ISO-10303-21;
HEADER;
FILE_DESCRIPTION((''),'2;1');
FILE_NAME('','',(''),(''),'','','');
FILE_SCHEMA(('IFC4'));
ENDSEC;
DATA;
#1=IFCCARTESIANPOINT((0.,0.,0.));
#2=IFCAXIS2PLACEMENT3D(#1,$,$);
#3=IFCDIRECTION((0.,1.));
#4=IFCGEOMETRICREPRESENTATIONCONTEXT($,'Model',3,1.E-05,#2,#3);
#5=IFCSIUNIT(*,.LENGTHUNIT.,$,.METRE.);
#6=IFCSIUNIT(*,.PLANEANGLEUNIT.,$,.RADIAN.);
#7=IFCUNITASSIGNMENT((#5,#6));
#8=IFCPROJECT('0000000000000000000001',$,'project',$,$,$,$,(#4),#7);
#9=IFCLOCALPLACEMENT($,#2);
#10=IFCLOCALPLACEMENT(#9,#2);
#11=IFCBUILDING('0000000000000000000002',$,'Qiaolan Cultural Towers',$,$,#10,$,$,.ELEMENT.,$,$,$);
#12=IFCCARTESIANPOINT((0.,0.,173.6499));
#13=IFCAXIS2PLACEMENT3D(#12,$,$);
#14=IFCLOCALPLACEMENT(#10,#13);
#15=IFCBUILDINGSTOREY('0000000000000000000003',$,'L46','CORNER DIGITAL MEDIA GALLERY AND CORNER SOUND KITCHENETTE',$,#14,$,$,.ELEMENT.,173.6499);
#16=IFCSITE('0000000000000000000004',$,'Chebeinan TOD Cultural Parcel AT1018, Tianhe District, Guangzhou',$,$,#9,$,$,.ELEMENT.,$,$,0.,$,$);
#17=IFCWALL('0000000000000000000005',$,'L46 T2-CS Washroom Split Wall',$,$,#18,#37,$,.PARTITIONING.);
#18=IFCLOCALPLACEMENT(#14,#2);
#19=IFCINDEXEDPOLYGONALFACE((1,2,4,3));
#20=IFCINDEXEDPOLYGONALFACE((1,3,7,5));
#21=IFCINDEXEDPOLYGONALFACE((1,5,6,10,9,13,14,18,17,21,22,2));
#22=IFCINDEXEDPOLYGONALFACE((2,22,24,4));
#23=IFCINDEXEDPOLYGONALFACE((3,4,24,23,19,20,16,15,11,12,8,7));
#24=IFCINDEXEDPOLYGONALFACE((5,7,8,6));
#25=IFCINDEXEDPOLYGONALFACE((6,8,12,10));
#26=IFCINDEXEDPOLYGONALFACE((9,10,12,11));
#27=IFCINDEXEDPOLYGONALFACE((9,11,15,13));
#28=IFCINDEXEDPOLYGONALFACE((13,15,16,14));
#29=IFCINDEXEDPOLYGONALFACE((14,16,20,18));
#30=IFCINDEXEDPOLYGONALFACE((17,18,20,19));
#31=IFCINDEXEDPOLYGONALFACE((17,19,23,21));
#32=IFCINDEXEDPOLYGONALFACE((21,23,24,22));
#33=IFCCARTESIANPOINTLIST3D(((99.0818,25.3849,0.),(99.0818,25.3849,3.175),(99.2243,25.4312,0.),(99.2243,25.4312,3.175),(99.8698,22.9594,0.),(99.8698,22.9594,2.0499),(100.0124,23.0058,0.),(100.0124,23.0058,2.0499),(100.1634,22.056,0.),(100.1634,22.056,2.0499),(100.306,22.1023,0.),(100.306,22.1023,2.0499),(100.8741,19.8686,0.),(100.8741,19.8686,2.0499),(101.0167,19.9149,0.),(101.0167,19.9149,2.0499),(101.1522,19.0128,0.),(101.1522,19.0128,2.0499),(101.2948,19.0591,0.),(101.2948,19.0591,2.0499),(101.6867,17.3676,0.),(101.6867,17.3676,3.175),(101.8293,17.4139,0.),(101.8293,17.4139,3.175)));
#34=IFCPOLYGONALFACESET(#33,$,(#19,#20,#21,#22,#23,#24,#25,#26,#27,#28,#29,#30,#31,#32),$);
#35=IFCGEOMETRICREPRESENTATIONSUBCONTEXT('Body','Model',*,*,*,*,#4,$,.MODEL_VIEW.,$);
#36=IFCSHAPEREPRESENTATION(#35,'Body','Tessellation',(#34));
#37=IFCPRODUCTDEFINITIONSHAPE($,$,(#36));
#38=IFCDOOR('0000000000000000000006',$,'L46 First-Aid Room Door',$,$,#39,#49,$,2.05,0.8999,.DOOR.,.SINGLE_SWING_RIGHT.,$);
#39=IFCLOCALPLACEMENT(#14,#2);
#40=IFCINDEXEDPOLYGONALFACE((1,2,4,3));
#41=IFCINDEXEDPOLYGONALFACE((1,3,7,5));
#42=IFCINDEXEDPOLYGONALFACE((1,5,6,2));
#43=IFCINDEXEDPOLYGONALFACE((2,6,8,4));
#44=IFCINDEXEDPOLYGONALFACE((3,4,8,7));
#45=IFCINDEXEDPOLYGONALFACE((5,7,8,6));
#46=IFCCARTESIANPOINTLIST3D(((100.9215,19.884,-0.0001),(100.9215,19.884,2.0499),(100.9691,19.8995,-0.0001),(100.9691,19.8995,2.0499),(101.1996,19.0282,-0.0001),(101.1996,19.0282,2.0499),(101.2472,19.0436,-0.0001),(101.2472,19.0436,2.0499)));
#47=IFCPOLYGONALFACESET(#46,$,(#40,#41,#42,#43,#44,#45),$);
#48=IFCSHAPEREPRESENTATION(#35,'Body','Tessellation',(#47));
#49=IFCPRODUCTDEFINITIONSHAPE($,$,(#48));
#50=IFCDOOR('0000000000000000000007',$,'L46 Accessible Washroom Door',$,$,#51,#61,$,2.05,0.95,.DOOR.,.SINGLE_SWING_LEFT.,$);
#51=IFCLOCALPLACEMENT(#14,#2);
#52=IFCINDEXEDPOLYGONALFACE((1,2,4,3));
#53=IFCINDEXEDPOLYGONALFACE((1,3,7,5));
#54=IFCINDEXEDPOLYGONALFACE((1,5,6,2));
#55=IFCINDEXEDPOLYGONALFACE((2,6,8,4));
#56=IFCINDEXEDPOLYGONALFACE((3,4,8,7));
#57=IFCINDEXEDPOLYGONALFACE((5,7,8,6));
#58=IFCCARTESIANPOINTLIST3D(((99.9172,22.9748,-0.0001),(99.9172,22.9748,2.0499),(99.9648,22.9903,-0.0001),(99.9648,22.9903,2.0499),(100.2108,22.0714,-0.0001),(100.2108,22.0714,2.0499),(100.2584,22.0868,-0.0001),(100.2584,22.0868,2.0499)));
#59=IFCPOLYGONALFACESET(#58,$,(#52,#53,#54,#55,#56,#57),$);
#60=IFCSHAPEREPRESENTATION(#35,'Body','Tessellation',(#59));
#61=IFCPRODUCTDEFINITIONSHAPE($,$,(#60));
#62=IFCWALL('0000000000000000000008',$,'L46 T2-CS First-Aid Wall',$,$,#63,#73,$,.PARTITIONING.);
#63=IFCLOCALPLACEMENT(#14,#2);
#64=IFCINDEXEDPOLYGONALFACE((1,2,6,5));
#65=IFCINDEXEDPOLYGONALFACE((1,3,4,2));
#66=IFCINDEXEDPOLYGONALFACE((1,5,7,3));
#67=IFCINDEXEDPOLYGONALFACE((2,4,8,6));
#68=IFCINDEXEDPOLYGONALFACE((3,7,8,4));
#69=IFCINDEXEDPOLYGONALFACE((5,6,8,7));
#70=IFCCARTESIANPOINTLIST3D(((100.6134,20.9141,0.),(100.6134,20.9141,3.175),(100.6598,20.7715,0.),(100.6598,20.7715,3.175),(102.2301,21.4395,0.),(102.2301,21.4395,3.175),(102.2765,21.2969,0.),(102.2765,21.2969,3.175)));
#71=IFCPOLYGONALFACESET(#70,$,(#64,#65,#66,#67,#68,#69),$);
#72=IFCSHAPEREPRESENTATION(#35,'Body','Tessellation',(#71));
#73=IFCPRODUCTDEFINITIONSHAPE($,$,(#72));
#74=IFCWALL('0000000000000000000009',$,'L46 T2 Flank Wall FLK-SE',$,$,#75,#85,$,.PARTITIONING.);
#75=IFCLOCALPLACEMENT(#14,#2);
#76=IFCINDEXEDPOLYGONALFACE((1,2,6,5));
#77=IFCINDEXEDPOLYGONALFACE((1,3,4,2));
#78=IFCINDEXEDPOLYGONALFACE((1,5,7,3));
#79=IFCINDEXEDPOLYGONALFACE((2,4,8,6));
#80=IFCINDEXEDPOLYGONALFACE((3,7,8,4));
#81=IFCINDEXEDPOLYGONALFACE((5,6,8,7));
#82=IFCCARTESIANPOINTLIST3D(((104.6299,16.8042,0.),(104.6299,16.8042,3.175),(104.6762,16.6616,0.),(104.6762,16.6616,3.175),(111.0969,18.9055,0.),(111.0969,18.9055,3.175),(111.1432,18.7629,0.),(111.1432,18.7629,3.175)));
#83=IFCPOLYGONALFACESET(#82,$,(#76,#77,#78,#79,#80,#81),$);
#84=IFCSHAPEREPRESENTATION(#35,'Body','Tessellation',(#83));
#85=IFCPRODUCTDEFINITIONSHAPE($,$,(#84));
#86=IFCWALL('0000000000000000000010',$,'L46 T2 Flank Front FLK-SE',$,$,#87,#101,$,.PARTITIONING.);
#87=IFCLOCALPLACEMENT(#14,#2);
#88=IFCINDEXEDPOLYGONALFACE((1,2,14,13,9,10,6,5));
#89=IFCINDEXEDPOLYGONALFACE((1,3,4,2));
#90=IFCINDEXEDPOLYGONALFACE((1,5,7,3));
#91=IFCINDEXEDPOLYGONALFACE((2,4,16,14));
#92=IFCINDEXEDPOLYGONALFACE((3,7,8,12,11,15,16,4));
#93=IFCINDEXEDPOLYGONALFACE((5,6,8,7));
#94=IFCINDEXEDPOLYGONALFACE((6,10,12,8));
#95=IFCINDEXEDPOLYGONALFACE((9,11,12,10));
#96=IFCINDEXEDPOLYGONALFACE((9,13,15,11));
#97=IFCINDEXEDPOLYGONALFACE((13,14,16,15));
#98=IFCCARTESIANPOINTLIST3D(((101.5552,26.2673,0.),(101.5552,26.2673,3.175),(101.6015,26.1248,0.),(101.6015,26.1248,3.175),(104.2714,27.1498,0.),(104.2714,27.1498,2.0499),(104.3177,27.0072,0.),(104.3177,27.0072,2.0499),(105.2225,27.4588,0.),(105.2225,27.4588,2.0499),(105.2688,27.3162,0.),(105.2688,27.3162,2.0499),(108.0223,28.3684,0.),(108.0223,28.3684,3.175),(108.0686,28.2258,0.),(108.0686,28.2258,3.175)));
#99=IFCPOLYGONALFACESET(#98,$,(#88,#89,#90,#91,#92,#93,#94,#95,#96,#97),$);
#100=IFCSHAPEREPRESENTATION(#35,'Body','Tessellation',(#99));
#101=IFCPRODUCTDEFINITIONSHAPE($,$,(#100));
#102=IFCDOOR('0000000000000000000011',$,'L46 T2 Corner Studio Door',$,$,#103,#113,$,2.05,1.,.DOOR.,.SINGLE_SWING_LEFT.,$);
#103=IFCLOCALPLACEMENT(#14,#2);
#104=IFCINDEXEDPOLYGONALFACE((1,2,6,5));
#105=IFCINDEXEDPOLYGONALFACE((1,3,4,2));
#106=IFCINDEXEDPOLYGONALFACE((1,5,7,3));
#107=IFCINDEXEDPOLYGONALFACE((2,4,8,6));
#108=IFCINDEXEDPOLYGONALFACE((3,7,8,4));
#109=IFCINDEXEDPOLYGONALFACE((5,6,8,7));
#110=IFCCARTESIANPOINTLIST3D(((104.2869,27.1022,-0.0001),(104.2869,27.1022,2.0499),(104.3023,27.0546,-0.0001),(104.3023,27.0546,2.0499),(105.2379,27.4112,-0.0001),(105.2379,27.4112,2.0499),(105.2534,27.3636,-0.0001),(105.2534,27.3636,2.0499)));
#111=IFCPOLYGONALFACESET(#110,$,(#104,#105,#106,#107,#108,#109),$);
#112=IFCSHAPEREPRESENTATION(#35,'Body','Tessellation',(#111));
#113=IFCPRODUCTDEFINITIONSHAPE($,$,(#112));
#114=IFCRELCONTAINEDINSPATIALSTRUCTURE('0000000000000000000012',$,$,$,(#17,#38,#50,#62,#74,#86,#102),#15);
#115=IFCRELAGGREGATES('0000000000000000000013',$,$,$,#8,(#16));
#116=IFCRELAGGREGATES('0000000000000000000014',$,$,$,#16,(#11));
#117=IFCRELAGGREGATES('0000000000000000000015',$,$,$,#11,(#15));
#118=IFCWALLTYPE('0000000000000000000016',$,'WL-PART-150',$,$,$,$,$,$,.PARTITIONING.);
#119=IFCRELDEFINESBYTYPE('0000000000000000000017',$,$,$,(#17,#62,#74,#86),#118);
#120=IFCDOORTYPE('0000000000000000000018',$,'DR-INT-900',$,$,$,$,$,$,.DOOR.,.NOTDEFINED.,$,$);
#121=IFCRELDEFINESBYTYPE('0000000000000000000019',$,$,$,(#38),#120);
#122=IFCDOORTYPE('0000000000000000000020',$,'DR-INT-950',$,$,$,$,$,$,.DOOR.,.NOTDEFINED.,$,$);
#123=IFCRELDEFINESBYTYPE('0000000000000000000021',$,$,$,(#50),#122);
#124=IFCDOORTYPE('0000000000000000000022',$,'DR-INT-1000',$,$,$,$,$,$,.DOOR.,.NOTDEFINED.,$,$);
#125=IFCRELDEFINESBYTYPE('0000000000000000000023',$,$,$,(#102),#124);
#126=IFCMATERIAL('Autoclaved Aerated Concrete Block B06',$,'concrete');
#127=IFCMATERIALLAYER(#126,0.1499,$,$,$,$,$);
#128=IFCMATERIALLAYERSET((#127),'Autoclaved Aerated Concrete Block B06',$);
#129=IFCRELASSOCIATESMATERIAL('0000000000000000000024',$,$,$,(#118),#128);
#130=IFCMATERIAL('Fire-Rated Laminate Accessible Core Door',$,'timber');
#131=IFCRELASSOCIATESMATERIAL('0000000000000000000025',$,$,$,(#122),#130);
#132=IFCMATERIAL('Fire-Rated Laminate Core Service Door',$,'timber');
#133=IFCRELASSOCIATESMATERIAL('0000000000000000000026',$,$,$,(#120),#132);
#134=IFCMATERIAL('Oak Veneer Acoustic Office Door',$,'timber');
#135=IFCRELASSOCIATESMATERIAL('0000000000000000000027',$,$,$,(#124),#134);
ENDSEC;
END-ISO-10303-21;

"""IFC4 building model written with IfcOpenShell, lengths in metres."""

from ifc_helpers import new_model, si_unit, direction, frame, frame_2d, origin, place, context, subcontext, project, spatial, rectangle, extrude, material, layer, layer_set, type_object, element, fill, save


model = new_model("IFC4")

# Units and contexts
model_context = context("Model", 3, precision=1e-05, world=origin(), true_north=direction((0.0, 1.0)))
body_context = subcontext(model_context, "Body", "Model", "MODEL_VIEW")
ifc_project = project(units=[si_unit("LENGTHUNIT", "METRE"), si_unit("PLANEANGLEUNIT", "RADIAN")], contexts=[model_context])

# Site, building, storey
site_placement = place(None, origin())
site = spatial("IfcSite", under=ifc_project, at=site_placement, Name="Chebeinan TOD Cultural Parcel AT1018, Tianhe District, Guangzhou", CompositionType="ELEMENT", RefElevation=0.0)
building_placement = place(site_placement, origin())
building = spatial("IfcBuilding", under=site, at=building_placement, Name="Qiaolan Cultural Towers", CompositionType="ELEMENT")
storey_placement = place(building_placement, frame((0.0, 0.0, 173.6499)))
storey = spatial("IfcBuildingStorey", under=building, at=storey_placement, Name="L46", Description="CORNER DIGITAL MEDIA GALLERY AND CORNER SOUND KITCHENETTE", CompositionType="ELEMENT", Elevation=173.6499)

# Shared definitions
ifc_material_1 = material(Name="Autoclaved Aerated Concrete Block B06", Category="concrete")
ifc_layer_1 = layer(ifc_material_1, 0.1499)
ifc_layer_set_1 = layer_set([ifc_layer_1], Name="Autoclaved Aerated Concrete Block B06")
wall_type_1 = type_object("IfcWallType", Name="WL-PART-150", PredefinedType="PARTITIONING", material=ifc_layer_set_1)
ifc_material_2 = material(Name="Fire-Rated Laminate Accessible Core Door", Category="timber")
door_type_1 = type_object("IfcDoorType", Name="DR-INT-950", OperationType="NOTDEFINED", PredefinedType="DOOR", material=ifc_material_2)

# Wall, openings, doors
wall_1_placement = place(storey_placement, frame((99.1531, 25.408, 0.0), z_axis=(0.0, 0.0, 1.0), x_axis=(0.309016, -0.951057, 0.0)))
wall_1 = element("IfcWall", 1, at=wall_1_placement, inside=storey, type_object=wall_type_1, Name="L46 T2-CS Washroom Split Wall", PredefinedType="PARTITIONING", context=body_context, shape_type="SweptSolid", body=[
    extrude(rectangle(XDim=8.4299, YDim=0.1499, at=frame_2d((4.2148, 0.0))), origin(), (0.0, 0.0, 1.0), 3.175),
])
opening_1_placement = place(wall_1_placement, frame((2.55, 0.0, 0.0)))
opening_1 = element("IfcOpeningElement", 2, at=opening_1_placement, cuts=wall_1, PredefinedType="OPENING", context=body_context, shape_type="SweptSolid", body=[
    extrude(rectangle(XDim=0.95, YDim=2.05, at=frame_2d((0.4751, 1.0249))), frame((0.0, 0.085, 0.0), z_axis=(0.0, -1.0, 0.0), x_axis=(1.0, 0.0, 0.0)), (0.0, 0.0, 1.0), 0.1699),
])
opening_2_placement = place(wall_1_placement, frame((5.8, 0.0, 0.0)))
opening_2 = element("IfcOpeningElement", 3, at=opening_2_placement, cuts=wall_1, PredefinedType="OPENING", context=body_context, shape_type="SweptSolid", body=[
    extrude(rectangle(XDim=0.8999, YDim=2.05, at=frame_2d((0.45, 1.0249))), frame((0.0, 0.085, 0.0), z_axis=(0.0, -1.0, 0.0), x_axis=(1.0, 0.0, 0.0)), (0.0, 0.0, 1.0), 0.1699),
])
ifc_material_3 = material(Name="Fire-Rated Laminate Core Service Door", Category="timber")
door_type_2 = type_object("IfcDoorType", Name="DR-INT-900", OperationType="NOTDEFINED", PredefinedType="DOOR", material=ifc_material_3)
door_1_placement = place(opening_2_placement, origin())
door_1 = element("IfcDoor", 4, at=door_1_placement, inside=storey, type_object=door_type_2, Name="L46 First-Aid Room Door", OperationType="SINGLE_SWING_RIGHT", OverallHeight=2.05, OverallWidth=0.8999, PredefinedType="DOOR", context=body_context, shape_type="SweptSolid", body=[
    extrude(rectangle(XDim=0.8999, YDim=2.05, at=frame_2d((0.45, 1.0249))), frame((0.0, 0.0249, 0.0), z_axis=(0.0, -1.0, 0.0), x_axis=(1.0, 0.0, 0.0)), (0.0, 0.0, 1.0), 0.05),
])
fill(opening_2, door_1)
door_2_placement = place(opening_1_placement, origin())
door_2 = element("IfcDoor", 5, at=door_2_placement, inside=storey, type_object=door_type_1, Name="L46 Accessible Washroom Door", OperationType="SINGLE_SWING_LEFT", OverallHeight=2.05, OverallWidth=0.95, PredefinedType="DOOR", context=body_context, shape_type="SweptSolid", body=[
    extrude(rectangle(XDim=0.95, YDim=2.05, at=frame_2d((0.4751, 1.0249))), frame((0.0, 0.0249, 0.0), z_axis=(0.0, -1.0, 0.0), x_axis=(1.0, 0.0, 0.0)), (0.0, 0.0, 1.0), 0.05),
])
fill(opening_1, door_2)

# Walls
wall_2_placement = place(storey_placement, frame((100.6365, 20.8428, 0.0), z_axis=(0.0, 0.0, 1.0), x_axis=(0.95104, 0.309067, 0.0)))
element("IfcWall", 6, at=wall_2_placement, inside=storey, type_object=wall_type_1, Name="L46 T2-CS First-Aid Wall", PredefinedType="PARTITIONING", context=body_context, shape_type="SweptSolid", body=[
    extrude(rectangle(XDim=1.7, YDim=0.1499, at=frame_2d((0.8501, 0.0))), origin(), (0.0, 0.0, 1.0), 3.175),
])
wall_3_placement = place(storey_placement, frame((104.6531, 16.7329, 0.0), z_axis=(0.0, 0.0, 1.0), x_axis=(0.951054, 0.309024, 0.0)))
element("IfcWall", 7, at=wall_3_placement, inside=storey, type_object=wall_type_1, Name="L46 T2 Flank Wall FLK-SE", PredefinedType="PARTITIONING", context=body_context, shape_type="SweptSolid", body=[
    extrude(rectangle(XDim=6.7998, YDim=0.1499, at=frame_2d((3.3999, 0.0))), origin(), (0.0, 0.0, 1.0), 3.175),
])

# Wall, opening, door
wall_4_placement = place(storey_placement, frame((101.5784, 26.196, 0.0), z_axis=(0.0, 0.0, 1.0), x_axis=(0.951065, 0.308991, 0.0)))
wall_4 = element("IfcWall", 8, at=wall_4_placement, inside=storey, type_object=wall_type_1, Name="L46 T2 Flank Front FLK-SE", PredefinedType="PARTITIONING", context=body_context, shape_type="SweptSolid", body=[
    extrude(rectangle(XDim=6.7998, YDim=0.1499, at=frame_2d((3.3999, 0.0))), origin(), (0.0, 0.0, 1.0), 3.175),
])
opening_3_placement = place(wall_4_placement, frame((2.856, 0.0, 0.0)))
opening_3 = element("IfcOpeningElement", 9, at=opening_3_placement, cuts=wall_4, PredefinedType="OPENING", context=body_context, shape_type="SweptSolid", body=[
    extrude(rectangle(XDim=1.0, YDim=2.05, at=frame_2d((0.5, 1.0249))), frame((0.0, 0.085, 0.0), z_axis=(0.0, -1.0, 0.0), x_axis=(1.0, 0.0, 0.0)), (0.0, 0.0, 1.0), 0.1699),
])
ifc_material_4 = material(Name="Oak Veneer Acoustic Office Door", Category="timber")
door_type_3 = type_object("IfcDoorType", Name="DR-INT-1000", OperationType="NOTDEFINED", PredefinedType="DOOR", material=ifc_material_4)
door_3_placement = place(opening_3_placement, origin())
door_3 = element("IfcDoor", 10, at=door_3_placement, inside=storey, type_object=door_type_3, Name="L46 T2 Corner Studio Door", OperationType="SINGLE_SWING_LEFT", OverallHeight=2.05, OverallWidth=1.0, PredefinedType="DOOR", context=body_context, shape_type="SweptSolid", body=[
    extrude(rectangle(XDim=1.0, YDim=2.05, at=frame_2d((0.5, 1.0249))), frame((0.0, 0.0249, 0.0), z_axis=(0.0, -1.0, 0.0), x_axis=(1.0, 0.0, 0.0)), (0.0, 0.0, 1.0), 0.05),
])
fill(opening_3, door_3)

save(model, "model.ifc")
